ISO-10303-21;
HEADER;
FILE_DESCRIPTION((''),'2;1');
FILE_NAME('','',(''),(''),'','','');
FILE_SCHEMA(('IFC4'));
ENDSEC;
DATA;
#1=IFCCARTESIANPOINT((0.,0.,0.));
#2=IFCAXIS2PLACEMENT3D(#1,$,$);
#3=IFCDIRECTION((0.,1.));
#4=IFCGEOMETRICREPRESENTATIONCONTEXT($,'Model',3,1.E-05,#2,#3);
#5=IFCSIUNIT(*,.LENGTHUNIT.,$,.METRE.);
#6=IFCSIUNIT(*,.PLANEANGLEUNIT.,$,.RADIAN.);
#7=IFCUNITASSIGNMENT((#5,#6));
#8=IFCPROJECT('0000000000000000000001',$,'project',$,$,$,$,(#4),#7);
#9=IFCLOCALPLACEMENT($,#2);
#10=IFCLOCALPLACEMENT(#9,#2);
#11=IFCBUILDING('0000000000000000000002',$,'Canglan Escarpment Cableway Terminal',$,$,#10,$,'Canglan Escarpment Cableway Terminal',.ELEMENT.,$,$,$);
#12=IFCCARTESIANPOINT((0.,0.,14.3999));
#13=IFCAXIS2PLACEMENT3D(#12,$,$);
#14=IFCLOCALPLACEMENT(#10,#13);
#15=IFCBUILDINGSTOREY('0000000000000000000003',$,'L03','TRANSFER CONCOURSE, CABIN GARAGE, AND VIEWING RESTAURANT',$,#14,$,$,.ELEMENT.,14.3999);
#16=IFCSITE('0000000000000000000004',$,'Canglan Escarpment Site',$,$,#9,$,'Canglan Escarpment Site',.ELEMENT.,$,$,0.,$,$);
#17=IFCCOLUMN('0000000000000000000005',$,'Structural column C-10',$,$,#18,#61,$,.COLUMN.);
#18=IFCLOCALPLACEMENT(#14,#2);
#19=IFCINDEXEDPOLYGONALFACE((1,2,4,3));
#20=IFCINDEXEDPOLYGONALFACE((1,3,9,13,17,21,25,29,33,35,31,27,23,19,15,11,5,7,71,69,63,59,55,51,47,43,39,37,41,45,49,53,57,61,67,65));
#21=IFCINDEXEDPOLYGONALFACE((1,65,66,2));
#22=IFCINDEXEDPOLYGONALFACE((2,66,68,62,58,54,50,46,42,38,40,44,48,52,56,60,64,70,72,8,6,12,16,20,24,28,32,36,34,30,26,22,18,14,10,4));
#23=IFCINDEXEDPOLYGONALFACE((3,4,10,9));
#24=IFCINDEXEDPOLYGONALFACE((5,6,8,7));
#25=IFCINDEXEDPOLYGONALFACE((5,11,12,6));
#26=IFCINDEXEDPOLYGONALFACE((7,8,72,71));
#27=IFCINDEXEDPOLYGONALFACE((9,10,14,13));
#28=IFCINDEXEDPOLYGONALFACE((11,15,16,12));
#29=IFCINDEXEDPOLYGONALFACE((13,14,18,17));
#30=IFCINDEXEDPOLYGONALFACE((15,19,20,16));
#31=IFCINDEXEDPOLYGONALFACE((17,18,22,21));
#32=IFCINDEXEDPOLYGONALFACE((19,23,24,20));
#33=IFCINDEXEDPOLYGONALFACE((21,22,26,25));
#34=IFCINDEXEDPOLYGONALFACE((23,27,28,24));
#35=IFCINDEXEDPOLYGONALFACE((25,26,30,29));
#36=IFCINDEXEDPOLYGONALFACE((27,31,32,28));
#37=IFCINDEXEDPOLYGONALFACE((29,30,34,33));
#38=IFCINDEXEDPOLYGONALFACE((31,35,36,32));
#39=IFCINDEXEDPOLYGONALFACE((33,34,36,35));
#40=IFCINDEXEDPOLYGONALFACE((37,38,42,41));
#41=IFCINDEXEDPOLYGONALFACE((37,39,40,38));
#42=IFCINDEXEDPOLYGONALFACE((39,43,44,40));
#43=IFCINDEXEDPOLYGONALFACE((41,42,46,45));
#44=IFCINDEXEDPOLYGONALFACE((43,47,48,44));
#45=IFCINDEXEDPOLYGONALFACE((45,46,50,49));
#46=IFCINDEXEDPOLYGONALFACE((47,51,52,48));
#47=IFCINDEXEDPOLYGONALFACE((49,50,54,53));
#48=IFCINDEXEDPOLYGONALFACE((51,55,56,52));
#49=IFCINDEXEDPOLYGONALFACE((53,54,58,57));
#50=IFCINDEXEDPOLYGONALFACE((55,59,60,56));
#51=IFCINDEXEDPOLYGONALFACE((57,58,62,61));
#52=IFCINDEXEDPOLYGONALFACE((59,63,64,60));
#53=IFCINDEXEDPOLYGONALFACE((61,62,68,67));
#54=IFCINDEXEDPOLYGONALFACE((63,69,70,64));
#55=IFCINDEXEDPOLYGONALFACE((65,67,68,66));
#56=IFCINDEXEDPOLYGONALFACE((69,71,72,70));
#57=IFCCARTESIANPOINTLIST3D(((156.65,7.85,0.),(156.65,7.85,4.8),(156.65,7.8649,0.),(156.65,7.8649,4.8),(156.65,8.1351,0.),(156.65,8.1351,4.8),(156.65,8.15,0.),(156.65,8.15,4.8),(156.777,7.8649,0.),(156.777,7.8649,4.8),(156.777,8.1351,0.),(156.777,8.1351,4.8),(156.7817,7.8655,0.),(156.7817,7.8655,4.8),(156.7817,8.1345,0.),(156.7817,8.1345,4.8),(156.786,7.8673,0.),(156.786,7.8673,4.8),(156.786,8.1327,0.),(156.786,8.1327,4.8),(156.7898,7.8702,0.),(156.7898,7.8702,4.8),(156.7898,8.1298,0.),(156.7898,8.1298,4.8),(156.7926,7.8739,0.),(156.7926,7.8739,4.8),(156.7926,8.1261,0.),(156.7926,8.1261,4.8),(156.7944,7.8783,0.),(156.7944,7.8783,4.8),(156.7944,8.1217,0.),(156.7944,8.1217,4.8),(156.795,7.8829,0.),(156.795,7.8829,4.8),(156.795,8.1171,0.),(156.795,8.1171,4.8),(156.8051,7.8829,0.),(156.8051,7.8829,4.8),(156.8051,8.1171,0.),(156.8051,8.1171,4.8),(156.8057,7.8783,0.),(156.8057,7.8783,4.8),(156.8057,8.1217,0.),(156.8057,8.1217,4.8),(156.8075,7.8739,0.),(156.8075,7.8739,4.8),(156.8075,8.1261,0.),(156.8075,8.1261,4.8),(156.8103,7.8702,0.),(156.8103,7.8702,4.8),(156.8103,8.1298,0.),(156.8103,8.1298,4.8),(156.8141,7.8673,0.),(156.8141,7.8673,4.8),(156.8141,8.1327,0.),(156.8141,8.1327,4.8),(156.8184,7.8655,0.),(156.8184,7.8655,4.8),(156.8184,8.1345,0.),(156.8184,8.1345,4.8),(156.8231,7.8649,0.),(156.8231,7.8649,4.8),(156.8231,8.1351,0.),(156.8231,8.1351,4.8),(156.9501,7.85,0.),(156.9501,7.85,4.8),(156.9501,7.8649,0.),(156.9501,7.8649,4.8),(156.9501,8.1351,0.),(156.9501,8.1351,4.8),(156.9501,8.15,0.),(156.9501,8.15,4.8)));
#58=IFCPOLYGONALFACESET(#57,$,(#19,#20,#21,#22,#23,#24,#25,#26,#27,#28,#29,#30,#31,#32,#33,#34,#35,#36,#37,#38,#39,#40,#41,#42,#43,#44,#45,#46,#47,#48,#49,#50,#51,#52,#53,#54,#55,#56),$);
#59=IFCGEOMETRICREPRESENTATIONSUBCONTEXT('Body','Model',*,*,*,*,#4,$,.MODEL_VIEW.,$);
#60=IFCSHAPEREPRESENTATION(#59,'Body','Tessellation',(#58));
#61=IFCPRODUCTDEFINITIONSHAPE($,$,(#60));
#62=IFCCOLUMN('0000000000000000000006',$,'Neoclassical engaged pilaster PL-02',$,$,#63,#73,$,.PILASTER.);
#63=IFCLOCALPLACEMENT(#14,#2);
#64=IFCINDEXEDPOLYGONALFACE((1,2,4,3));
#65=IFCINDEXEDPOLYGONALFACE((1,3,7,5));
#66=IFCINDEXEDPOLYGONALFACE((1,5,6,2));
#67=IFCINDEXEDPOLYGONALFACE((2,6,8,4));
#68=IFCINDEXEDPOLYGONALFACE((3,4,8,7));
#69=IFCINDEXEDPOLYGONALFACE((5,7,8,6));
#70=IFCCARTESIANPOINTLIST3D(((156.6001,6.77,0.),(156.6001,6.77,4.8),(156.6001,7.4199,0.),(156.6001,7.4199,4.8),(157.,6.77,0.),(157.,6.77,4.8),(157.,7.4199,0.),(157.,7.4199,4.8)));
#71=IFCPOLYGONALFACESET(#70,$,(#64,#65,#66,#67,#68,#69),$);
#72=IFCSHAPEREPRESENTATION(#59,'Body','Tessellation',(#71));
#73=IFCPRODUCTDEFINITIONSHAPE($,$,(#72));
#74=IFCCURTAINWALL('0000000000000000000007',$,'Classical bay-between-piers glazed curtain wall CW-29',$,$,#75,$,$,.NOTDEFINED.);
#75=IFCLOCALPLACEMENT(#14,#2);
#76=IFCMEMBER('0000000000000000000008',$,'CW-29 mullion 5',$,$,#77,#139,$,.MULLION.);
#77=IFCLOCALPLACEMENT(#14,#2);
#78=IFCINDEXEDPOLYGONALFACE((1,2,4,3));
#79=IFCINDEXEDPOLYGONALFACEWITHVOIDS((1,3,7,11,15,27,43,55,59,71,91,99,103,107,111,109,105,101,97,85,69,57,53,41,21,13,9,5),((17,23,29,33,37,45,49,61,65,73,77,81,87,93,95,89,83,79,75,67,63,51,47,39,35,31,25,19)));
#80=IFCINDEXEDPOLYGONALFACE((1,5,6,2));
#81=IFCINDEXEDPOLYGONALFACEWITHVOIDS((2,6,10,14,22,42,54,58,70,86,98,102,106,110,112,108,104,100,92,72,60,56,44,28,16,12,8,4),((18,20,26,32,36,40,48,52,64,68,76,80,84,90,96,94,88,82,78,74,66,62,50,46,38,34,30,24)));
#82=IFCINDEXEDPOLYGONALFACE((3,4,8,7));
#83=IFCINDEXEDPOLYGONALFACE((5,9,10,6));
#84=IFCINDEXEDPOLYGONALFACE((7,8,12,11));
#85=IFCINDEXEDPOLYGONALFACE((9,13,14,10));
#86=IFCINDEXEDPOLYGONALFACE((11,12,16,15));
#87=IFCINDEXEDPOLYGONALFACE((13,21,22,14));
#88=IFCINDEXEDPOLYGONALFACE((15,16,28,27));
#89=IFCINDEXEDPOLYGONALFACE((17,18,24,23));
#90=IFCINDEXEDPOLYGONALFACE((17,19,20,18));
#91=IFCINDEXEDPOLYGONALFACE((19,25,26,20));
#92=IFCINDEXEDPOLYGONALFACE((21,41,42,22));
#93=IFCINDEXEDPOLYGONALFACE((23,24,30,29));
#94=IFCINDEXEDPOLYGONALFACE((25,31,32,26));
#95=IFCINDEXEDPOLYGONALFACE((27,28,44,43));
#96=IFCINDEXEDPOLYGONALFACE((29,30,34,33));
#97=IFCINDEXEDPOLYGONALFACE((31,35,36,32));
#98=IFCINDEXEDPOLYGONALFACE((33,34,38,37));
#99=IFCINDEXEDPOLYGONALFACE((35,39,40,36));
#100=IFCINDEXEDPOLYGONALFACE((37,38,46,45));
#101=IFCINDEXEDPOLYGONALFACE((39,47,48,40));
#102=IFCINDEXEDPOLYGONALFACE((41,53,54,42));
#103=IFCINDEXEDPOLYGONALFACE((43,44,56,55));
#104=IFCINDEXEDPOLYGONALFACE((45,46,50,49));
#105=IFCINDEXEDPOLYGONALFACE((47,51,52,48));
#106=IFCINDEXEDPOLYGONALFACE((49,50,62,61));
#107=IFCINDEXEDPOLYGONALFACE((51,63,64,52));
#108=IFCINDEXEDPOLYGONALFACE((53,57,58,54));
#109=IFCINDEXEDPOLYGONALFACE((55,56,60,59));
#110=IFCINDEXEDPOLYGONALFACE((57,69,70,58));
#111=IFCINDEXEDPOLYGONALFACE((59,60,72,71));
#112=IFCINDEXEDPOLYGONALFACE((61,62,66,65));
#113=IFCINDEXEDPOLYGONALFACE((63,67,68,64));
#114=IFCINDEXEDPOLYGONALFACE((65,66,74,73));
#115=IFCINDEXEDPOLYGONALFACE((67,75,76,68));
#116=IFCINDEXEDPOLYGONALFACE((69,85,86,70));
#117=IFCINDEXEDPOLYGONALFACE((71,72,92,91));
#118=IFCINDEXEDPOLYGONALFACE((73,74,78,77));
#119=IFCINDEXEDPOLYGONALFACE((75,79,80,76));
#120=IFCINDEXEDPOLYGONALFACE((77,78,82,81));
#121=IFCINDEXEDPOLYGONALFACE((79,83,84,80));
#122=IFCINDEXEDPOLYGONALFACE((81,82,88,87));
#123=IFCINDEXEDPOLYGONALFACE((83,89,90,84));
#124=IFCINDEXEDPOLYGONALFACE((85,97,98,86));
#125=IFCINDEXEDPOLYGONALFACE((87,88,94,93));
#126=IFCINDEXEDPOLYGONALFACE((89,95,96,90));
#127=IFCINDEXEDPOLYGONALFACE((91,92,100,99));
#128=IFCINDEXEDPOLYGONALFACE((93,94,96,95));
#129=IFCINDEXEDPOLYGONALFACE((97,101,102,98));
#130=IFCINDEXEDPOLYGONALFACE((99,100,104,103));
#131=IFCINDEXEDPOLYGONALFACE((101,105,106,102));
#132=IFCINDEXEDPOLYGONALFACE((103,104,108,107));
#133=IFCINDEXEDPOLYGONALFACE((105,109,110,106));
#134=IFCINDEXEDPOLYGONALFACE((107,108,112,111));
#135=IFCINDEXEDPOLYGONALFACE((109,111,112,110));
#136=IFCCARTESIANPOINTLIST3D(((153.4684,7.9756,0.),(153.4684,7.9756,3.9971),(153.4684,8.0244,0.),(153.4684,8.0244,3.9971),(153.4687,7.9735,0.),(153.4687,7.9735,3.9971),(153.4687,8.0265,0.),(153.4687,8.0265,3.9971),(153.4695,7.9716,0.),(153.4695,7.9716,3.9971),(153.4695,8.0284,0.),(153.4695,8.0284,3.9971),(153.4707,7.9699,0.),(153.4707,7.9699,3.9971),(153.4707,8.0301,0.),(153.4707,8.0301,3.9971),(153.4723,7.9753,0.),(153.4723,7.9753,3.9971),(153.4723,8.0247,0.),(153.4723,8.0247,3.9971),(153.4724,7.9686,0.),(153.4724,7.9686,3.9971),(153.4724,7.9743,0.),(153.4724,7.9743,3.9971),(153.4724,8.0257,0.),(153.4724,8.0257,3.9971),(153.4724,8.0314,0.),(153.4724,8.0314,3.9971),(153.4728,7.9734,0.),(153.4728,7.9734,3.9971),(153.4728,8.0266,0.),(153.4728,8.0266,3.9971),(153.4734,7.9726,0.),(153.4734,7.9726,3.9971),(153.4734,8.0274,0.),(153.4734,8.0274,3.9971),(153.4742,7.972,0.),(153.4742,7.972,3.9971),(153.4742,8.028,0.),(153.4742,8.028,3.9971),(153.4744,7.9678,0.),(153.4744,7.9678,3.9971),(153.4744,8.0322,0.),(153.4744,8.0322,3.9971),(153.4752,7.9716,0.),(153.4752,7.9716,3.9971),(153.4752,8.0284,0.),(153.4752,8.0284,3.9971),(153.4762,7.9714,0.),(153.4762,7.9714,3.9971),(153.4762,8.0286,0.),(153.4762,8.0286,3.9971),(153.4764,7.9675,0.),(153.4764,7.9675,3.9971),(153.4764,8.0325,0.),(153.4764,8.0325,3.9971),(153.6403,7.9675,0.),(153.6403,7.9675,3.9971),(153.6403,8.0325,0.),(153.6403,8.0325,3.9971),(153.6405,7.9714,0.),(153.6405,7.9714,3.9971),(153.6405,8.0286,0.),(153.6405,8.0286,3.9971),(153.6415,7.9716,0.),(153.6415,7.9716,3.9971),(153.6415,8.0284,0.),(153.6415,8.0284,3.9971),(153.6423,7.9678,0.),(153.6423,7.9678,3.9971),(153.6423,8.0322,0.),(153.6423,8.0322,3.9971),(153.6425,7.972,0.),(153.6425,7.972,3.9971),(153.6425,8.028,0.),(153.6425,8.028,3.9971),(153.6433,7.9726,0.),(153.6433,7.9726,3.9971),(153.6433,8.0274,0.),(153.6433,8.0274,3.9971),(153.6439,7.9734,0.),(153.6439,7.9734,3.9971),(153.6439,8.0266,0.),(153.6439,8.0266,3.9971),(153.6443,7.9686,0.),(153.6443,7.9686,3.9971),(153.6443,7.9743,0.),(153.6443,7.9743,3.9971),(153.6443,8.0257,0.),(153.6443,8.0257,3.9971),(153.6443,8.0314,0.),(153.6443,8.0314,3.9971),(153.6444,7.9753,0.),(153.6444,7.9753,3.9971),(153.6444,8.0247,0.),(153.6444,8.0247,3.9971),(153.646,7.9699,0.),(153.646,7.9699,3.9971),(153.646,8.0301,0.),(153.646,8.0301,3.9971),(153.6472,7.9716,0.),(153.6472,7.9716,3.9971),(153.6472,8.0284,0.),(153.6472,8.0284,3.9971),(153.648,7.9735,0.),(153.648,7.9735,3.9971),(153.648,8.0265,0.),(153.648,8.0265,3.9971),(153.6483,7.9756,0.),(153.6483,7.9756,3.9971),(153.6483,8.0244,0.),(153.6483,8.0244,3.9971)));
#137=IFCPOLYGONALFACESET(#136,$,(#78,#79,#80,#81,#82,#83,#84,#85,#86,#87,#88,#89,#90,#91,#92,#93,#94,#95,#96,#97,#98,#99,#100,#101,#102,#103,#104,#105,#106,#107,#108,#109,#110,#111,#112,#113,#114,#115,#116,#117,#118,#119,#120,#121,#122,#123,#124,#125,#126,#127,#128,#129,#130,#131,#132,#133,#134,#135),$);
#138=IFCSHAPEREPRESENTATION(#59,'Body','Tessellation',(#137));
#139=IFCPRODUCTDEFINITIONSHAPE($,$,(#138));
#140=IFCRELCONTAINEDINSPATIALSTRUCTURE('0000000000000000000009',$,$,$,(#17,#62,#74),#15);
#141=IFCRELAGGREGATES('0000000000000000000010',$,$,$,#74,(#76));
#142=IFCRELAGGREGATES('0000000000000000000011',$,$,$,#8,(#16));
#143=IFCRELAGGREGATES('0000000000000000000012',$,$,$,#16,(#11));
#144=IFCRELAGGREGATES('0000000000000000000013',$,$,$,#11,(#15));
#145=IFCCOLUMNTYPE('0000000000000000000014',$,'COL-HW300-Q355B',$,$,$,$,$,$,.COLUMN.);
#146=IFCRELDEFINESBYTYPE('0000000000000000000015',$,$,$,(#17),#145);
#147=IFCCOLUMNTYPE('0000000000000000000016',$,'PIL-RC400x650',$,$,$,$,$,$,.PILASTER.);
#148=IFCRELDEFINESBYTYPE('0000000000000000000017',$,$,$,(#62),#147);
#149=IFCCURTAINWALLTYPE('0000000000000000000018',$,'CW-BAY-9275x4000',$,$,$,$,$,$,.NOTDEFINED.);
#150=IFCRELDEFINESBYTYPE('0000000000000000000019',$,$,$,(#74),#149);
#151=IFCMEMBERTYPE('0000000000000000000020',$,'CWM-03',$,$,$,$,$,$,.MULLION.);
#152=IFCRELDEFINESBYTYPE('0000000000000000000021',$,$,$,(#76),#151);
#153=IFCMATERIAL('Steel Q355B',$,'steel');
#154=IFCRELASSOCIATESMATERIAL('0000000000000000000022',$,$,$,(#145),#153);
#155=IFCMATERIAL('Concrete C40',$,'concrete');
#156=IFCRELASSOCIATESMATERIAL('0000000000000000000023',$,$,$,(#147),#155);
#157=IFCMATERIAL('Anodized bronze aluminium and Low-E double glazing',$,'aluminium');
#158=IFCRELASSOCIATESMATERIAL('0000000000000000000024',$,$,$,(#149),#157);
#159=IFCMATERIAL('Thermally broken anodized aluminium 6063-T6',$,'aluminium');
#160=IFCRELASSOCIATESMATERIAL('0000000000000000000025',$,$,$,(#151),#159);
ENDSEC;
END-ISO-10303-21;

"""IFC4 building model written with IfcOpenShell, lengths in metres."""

from ifc_helpers import new_model, si_unit, direction, frame, origin, origin_2d, place, context, subcontext, project, spatial, rectangle, hollow_rectangle, i_section, extrude, material, material_profile, profile_set, type_object, element, aggregate, save


model = new_model("IFC4")

# Units and contexts
model_context = context("Model", 3, precision=1e-05, world=origin(), true_north=direction((0.0, 1.0)))
body_context = subcontext(model_context, "Body", "Model", "MODEL_VIEW")
ifc_project = project(units=[si_unit("LENGTHUNIT", "METRE"), si_unit("PLANEANGLEUNIT", "RADIAN")], contexts=[model_context])

# Site, building, storey
site_placement = place(None, origin())
site = spatial("IfcSite", under=ifc_project, at=site_placement, Name="Canglan Escarpment Site", LongName="Canglan Escarpment Site", CompositionType="ELEMENT", RefElevation=0.0)
building_placement = place(site_placement, origin())
building = spatial("IfcBuilding", under=site, at=building_placement, Name="Canglan Escarpment Cableway Terminal", LongName="Canglan Escarpment Cableway Terminal", CompositionType="ELEMENT")
storey_placement = place(building_placement, frame((0.0, 0.0, 14.3999)))
storey = spatial("IfcBuildingStorey", under=building, at=storey_placement, Name="L03", Description="TRANSFER CONCOURSE, CABIN GARAGE, AND VIEWING RESTAURANT", CompositionType="ELEMENT", Elevation=14.3999)

# Columns
ifc_material_1 = material(Name="Steel Q355B", Category="steel")
ifc_material_profile_1 = material_profile(ifc_material_1, i_section(OverallWidth=0.3, OverallDepth=0.3, WebThickness=0.01, FlangeThickness=0.0149, FilletRadius=0.0181, at=origin_2d()), Name="HW 300x300x10x15")
ifc_profile_set_1 = profile_set([ifc_material_profile_1], Name="Steel Q355B")
column_type_1 = type_object("IfcColumnType", Name="COL-HW300-Q355B", PredefinedType="COLUMN", material=ifc_profile_set_1)
column_1_placement = place(storey_placement, frame((156.8, 8.0, 0.0), z_axis=(0.0, 0.0, 1.0), x_axis=(1.0, 0.0, 0.0)))
element("IfcColumn", 1, at=column_1_placement, inside=storey, type_object=column_type_1, Name="Structural column C-10", PredefinedType="COLUMN", context=body_context, shape_type="SweptSolid", body=[
    extrude(i_section(OverallWidth=0.3, OverallDepth=0.3, WebThickness=0.01, FlangeThickness=0.0149, FilletRadius=0.0181, at=origin_2d()), origin(), (0.0, 0.0, 1.0), 4.8),
])
ifc_material_2 = material(Name="Concrete C40", Category="concrete")
ifc_material_profile_2 = material_profile(ifc_material_2, rectangle(XDim=0.3999, YDim=0.6499, at=origin_2d()), Name="RC-PIL 400x650")
ifc_profile_set_2 = profile_set([ifc_material_profile_2], Name="Concrete C40")
column_type_2 = type_object("IfcColumnType", Name="PIL-RC400x650", PredefinedType="PILASTER", material=ifc_profile_set_2)
column_2_placement = place(storey_placement, frame((156.8, 7.095, 0.0), z_axis=(0.0, 0.0, 1.0), x_axis=(1.0, 0.0, 0.0)))
element("IfcColumn", 2, at=column_2_placement, inside=storey, type_object=column_type_2, Name="Neoclassical engaged pilaster PL-02", PredefinedType="PILASTER", context=body_context, shape_type="SweptSolid", body=[
    extrude(rectangle(XDim=0.3999, YDim=0.6499, at=origin_2d()), origin(), (0.0, 0.0, 1.0), 4.8),
])

# Curtain wall, member
ifc_material_3 = material(Name="Anodized bronze aluminium and Low-E double glazing", Category="aluminium")
curtain_wall_type = type_object("IfcCurtainWallType", Name="CW-BAY-9275x4000", PredefinedType="NOTDEFINED", material=ifc_material_3)
curtain_wall_placement = place(storey_placement, origin())
curtain_wall = element("IfcCurtainWall", 3, at=curtain_wall_placement, inside=storey, type_object=curtain_wall_type, Name="Classical bay-between-piers glazed curtain wall CW-29", PredefinedType="NOTDEFINED")
ifc_material_4 = material(Name="Thermally broken anodized aluminium 6063-T6", Category="aluminium")
ifc_material_profile_3 = material_profile(ifc_material_4, hollow_rectangle(XDim=0.0649, YDim=0.1799, WallThickness=0.0039, InnerFilletRadius=0.0039, OuterFilletRadius=0.0081, at=origin_2d()), Name="ALU-MULL 65x180x4")
ifc_profile_set_3 = profile_set([ifc_material_profile_3], Name="Thermally broken anodized aluminium 6063-T6")
member_type_1 = type_object("IfcMemberType", Name="CWM-03", PredefinedType="MULLION", material=ifc_profile_set_3)
member_1_placement = place(storey_placement, frame((153.5583, 8.0, 0.0), z_axis=(0.0, 0.0, 1.0), x_axis=(0.0, 1.0, 0.0)))
member_1 = element("IfcMember", 4, at=member_1_placement, type_object=member_type_1, Name="CW-29 mullion 5", PredefinedType="MULLION", context=body_context, shape_type="SweptSolid", body=[
    extrude(hollow_rectangle(XDim=0.0649, YDim=0.1799, WallThickness=0.0039, InnerFilletRadius=0.0039, OuterFilletRadius=0.0081, at=origin_2d()), origin(), (0.0, 0.0, 1.0), 3.9971),
])
aggregate(curtain_wall, [member_1])

save(model, "model.ifc")
